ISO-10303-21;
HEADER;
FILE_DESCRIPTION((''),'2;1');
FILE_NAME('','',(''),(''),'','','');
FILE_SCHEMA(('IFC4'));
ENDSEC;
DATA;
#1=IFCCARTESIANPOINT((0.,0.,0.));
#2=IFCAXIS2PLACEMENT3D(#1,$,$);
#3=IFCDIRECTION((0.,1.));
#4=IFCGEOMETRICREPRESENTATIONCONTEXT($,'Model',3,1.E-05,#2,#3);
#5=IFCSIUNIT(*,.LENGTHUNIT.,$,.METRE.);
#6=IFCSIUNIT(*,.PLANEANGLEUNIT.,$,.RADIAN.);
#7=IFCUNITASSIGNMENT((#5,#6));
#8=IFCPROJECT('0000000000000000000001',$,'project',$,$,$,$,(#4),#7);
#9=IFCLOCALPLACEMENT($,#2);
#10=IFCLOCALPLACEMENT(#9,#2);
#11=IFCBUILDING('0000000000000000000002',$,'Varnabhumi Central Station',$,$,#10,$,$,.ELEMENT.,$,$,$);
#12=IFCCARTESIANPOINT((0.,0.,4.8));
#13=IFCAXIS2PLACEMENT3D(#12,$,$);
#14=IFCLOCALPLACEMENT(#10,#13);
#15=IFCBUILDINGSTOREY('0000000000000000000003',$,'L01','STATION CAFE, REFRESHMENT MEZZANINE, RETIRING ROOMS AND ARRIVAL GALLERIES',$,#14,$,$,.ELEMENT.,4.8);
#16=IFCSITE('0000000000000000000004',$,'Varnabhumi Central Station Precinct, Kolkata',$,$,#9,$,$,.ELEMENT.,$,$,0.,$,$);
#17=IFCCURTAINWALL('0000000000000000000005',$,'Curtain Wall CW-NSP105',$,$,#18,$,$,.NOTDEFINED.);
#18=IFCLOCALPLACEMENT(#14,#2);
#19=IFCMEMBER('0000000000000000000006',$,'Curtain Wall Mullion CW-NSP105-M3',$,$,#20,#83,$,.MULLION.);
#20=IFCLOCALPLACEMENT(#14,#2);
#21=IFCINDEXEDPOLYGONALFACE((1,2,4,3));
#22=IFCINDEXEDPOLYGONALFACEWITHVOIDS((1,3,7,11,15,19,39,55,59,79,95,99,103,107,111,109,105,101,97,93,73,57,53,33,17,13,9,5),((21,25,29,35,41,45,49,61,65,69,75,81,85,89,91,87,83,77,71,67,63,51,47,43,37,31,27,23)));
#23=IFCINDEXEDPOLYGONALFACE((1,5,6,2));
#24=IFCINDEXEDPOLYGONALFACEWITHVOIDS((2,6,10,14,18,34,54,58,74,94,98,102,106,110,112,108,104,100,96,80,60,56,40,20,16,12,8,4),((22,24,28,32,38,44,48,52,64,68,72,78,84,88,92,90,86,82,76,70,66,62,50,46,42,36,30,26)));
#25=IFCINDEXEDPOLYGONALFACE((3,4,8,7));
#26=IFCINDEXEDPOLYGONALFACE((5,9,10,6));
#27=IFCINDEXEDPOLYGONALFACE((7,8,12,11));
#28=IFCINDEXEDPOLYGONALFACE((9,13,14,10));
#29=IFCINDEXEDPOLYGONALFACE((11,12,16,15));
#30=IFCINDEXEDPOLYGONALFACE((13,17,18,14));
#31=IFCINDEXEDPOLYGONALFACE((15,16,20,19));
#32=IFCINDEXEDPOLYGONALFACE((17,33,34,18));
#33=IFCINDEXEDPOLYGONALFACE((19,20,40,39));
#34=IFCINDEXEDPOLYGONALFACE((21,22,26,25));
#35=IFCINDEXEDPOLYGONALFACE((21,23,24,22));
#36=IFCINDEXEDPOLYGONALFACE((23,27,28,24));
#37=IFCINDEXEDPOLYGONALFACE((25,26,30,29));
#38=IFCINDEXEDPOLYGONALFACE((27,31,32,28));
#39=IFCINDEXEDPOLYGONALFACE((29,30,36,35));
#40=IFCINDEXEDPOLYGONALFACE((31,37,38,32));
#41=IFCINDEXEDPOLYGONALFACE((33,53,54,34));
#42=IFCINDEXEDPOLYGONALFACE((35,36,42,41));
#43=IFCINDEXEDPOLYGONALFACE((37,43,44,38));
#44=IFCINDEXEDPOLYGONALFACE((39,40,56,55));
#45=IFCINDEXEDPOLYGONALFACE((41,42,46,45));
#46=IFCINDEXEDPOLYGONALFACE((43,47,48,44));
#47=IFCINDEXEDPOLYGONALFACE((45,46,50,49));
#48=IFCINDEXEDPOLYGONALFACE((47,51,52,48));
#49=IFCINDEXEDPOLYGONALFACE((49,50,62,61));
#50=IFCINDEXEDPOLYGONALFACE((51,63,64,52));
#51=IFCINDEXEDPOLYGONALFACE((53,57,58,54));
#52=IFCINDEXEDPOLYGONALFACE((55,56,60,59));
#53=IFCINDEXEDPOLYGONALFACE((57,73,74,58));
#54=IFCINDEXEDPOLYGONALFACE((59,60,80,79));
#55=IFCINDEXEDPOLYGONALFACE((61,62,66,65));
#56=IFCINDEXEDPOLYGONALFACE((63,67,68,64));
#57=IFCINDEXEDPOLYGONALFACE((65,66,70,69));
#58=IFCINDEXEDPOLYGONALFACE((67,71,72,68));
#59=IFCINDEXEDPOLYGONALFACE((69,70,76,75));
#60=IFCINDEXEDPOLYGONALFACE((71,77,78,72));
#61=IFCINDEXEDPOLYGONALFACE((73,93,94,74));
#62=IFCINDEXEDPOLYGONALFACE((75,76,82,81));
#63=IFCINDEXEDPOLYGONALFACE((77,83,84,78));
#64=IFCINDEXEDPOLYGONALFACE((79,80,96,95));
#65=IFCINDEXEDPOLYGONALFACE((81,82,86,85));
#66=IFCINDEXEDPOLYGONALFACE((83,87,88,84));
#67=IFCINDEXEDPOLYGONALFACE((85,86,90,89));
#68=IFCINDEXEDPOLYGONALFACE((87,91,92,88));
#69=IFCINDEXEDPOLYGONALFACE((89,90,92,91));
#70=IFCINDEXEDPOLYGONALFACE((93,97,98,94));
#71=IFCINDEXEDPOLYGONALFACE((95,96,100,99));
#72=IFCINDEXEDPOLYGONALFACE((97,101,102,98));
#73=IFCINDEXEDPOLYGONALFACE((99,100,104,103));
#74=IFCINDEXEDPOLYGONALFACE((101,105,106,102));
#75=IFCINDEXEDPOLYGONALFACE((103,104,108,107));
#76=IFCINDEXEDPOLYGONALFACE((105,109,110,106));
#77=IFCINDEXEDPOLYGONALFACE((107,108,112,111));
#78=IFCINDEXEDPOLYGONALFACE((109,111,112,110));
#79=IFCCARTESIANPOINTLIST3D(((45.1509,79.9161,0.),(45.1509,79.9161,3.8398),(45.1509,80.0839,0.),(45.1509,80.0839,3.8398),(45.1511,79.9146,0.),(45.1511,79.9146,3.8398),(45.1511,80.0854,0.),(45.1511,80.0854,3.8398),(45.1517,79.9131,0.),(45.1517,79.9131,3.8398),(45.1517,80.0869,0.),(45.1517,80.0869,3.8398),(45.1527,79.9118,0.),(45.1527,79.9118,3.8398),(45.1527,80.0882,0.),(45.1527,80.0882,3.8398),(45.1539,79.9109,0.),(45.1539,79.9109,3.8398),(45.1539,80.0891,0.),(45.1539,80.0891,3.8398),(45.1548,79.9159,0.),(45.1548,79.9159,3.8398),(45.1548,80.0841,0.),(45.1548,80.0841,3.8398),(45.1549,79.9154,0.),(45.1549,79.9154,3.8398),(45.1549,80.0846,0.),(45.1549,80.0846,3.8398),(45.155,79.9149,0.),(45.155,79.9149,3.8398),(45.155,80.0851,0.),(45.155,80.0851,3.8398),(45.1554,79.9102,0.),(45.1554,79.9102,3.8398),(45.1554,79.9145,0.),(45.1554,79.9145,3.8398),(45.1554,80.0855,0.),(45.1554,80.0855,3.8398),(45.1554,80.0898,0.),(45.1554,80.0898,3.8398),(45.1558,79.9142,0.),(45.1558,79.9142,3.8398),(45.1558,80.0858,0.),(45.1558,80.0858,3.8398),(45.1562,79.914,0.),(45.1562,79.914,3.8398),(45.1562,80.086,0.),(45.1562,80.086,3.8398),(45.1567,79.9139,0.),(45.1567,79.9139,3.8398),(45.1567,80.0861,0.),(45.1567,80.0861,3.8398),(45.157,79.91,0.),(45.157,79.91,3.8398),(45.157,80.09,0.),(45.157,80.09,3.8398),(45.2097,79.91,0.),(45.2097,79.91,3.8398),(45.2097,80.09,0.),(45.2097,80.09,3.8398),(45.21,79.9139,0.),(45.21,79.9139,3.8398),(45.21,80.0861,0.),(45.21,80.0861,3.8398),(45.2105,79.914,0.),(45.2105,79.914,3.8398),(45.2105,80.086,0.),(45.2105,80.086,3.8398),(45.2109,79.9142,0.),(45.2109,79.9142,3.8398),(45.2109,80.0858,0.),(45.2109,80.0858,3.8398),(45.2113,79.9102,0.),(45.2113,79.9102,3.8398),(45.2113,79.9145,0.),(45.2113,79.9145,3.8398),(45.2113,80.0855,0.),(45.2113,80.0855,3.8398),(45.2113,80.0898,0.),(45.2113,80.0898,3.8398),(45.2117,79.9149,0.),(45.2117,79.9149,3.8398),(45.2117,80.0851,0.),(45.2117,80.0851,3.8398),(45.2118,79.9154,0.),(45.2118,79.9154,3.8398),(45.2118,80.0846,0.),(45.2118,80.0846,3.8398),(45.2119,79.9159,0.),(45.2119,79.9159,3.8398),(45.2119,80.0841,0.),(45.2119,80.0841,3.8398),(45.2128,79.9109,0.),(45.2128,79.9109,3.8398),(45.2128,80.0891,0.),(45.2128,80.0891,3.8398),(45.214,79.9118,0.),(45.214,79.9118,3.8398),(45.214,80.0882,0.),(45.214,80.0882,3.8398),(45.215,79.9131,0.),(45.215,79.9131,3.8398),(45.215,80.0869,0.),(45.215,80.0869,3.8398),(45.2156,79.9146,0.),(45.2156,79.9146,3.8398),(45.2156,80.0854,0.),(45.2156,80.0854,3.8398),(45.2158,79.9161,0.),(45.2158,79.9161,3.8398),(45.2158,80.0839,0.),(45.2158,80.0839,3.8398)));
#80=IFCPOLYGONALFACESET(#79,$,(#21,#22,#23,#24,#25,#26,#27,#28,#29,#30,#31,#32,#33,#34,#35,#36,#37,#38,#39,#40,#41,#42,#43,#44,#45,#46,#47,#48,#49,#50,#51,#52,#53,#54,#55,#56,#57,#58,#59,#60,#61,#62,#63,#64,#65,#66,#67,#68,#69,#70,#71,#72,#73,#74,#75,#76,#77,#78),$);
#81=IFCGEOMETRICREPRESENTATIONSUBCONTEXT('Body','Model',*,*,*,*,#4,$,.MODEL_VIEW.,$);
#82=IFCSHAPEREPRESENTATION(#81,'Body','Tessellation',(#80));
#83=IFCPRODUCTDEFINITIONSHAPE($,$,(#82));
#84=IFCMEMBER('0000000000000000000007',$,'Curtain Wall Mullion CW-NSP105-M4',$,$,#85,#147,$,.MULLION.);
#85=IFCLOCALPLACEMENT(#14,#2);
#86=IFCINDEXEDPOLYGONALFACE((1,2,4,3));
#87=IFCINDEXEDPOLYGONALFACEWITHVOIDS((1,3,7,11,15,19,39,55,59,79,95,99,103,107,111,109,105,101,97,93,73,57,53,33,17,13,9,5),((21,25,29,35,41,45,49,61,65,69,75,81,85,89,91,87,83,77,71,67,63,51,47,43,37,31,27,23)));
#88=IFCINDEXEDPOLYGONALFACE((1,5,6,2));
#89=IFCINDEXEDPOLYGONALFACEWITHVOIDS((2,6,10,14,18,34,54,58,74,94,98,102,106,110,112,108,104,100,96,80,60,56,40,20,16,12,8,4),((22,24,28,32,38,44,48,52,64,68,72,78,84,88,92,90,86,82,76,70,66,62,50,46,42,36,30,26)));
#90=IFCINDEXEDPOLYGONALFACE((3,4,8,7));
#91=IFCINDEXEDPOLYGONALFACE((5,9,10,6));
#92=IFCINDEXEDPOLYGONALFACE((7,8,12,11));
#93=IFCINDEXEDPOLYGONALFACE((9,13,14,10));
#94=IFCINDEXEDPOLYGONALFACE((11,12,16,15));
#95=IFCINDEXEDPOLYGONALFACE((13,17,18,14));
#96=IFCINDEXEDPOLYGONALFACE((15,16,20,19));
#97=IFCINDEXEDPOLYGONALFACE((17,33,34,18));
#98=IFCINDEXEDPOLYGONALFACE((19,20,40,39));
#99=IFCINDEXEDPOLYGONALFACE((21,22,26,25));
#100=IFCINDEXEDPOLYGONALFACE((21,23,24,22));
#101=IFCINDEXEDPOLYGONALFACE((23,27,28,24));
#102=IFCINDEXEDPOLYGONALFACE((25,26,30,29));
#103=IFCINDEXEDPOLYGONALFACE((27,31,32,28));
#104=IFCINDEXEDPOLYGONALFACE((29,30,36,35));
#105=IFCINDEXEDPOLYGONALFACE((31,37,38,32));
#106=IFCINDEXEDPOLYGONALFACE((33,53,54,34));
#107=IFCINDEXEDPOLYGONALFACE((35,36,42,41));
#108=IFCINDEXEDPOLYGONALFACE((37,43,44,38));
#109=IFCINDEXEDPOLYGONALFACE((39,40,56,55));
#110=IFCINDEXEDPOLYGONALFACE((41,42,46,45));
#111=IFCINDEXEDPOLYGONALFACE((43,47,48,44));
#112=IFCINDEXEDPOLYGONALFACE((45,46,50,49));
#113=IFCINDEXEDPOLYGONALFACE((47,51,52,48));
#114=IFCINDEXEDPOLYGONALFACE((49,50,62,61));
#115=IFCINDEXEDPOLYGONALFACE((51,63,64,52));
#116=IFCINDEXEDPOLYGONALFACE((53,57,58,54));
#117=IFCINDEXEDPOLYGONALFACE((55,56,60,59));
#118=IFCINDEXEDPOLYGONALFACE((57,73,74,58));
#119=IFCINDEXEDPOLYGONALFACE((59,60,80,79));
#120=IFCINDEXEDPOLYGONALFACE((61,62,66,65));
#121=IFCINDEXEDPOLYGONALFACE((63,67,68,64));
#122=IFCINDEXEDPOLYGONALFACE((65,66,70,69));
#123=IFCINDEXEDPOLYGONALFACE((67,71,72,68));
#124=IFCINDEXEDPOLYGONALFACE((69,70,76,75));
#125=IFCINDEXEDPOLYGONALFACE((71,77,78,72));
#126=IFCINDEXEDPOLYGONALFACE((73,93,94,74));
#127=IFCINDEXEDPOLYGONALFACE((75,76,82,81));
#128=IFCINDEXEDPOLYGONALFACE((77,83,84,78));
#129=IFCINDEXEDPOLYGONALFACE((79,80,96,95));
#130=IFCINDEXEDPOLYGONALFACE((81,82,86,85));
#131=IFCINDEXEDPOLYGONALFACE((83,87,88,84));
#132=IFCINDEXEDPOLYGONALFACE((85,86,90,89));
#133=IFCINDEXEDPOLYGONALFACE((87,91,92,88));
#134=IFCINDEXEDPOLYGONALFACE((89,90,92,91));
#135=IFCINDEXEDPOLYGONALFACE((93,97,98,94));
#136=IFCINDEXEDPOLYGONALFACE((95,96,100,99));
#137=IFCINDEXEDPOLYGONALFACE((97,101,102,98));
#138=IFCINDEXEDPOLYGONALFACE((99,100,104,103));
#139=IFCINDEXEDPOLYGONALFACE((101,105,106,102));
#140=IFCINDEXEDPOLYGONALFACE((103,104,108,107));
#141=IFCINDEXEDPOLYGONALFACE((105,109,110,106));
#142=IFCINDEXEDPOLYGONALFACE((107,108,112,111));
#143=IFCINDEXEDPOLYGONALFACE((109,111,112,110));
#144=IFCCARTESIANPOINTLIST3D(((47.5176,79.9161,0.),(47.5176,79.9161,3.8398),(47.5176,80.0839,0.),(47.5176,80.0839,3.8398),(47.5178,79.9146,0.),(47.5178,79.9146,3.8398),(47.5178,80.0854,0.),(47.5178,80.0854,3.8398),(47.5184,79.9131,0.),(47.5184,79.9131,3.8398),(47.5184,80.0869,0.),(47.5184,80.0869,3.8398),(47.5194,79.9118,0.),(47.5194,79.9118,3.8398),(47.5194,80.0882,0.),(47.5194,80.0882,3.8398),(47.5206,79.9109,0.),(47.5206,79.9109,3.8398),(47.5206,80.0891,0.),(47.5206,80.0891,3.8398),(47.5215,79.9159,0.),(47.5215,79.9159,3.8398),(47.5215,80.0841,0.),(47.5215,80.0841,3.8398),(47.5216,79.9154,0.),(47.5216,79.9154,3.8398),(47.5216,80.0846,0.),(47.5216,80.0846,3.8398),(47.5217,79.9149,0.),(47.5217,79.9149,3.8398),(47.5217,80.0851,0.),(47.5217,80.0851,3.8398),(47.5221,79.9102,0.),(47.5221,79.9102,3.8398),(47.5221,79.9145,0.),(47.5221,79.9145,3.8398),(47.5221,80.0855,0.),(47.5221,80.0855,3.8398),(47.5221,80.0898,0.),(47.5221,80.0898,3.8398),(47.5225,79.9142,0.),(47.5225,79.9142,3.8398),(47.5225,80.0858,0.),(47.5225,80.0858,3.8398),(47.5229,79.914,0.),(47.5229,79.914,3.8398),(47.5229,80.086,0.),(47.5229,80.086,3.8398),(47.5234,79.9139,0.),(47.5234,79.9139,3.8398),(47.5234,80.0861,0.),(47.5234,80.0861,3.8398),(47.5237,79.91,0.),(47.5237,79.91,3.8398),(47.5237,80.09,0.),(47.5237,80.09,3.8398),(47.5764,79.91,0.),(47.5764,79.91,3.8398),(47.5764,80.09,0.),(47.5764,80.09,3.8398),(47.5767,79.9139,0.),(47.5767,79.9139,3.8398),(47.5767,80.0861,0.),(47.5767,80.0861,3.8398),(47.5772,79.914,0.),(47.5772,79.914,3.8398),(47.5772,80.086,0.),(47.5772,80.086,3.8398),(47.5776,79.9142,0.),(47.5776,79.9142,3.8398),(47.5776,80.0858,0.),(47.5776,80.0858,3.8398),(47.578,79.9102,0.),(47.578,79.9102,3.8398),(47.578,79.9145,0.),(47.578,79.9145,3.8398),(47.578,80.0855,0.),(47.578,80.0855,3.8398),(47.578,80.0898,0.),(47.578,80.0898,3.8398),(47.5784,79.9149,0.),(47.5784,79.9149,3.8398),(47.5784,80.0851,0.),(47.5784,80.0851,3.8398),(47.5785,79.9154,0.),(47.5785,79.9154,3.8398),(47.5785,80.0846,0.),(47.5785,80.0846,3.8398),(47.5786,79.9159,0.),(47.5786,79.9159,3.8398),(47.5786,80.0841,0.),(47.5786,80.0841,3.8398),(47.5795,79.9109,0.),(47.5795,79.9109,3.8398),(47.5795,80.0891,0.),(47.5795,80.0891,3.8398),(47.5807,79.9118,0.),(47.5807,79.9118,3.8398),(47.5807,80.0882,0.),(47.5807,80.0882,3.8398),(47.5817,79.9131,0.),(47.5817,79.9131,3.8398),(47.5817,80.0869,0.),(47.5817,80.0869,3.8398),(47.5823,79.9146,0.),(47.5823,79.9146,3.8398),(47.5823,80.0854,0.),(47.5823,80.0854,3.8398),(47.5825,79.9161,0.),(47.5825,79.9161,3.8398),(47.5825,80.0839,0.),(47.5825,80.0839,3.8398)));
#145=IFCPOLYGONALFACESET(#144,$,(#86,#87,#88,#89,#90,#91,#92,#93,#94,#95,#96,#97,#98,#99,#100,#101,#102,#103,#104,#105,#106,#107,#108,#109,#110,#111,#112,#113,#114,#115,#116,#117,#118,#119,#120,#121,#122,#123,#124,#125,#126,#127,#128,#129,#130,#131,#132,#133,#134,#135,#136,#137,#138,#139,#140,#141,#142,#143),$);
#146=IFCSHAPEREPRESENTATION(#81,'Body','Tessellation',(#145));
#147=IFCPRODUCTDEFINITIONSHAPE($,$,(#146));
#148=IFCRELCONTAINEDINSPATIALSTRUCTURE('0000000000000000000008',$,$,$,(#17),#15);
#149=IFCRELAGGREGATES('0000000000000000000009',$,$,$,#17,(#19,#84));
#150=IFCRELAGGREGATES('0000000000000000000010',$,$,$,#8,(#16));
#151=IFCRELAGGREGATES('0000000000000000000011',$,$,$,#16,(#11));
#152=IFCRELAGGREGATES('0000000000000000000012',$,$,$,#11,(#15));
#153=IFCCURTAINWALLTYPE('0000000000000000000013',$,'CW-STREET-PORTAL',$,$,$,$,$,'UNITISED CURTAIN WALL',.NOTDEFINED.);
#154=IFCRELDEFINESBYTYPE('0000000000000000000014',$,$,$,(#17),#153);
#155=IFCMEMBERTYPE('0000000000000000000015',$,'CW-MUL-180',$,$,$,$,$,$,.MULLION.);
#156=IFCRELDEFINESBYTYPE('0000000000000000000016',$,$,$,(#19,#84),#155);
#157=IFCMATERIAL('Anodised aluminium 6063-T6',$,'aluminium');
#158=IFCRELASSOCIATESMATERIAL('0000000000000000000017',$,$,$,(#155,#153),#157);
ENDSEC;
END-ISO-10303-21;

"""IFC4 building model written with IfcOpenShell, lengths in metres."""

from ifc_helpers import new_model, si_unit, direction, frame, origin, origin_2d, place, context, subcontext, project, spatial, hollow_rectangle, extrude, material, material_profile, profile_set, type_object, element, aggregate, save


model = new_model("IFC4")

# Units and contexts
model_context = context("Model", 3, precision=1e-05, world=origin(), true_north=direction((0.0, 1.0)))
body_context = subcontext(model_context, "Body", "Model", "MODEL_VIEW")
ifc_project = project(units=[si_unit("LENGTHUNIT", "METRE"), si_unit("PLANEANGLEUNIT", "RADIAN")], contexts=[model_context])

# Site, building, storey
site_placement = place(None, origin())
site = spatial("IfcSite", under=ifc_project, at=site_placement, Name="Varnabhumi Central Station Precinct, Kolkata", CompositionType="ELEMENT", RefElevation=0.0)
building_placement = place(site_placement, origin())
building = spatial("IfcBuilding", under=site, at=building_placement, Name="Varnabhumi Central Station", CompositionType="ELEMENT")
storey_placement = place(building_placement, frame((0.0, 0.0, 4.8)))
storey = spatial("IfcBuildingStorey", under=building, at=storey_placement, Name="L01", Description="STATION CAFE, REFRESHMENT MEZZANINE, RETIRING ROOMS AND ARRIVAL GALLERIES", CompositionType="ELEMENT", Elevation=4.8)

# Curtain wall, members
ifc_material_1 = material(Name="Anodised aluminium 6063-T6", Category="aluminium")
ifc_material_profile_1 = material_profile(ifc_material_1, hollow_rectangle(XDim=0.0649, YDim=0.1799, WallThickness=0.0039, InnerFilletRadius=0.002, OuterFilletRadius=0.0061, at=origin_2d()), Name="Anodised aluminium 6063-T6", Category="aluminium")
ifc_profile_set_1 = profile_set([ifc_material_profile_1], Name="Anodised aluminium 6063-T6")
member_type_1 = type_object("IfcMemberType", Name="CW-MUL-180", PredefinedType="MULLION", material=ifc_profile_set_1)
curtain_wall_type_1 = type_object("IfcCurtainWallType", Name="CW-STREET-PORTAL", ElementType="UNITISED CURTAIN WALL", PredefinedType="NOTDEFINED", material=ifc_material_1)
curtain_wall_1_placement = place(storey_placement, origin())
curtain_wall_1 = element("IfcCurtainWall", 1, at=curtain_wall_1_placement, inside=storey, type_object=curtain_wall_type_1, Name="Curtain Wall CW-NSP105", PredefinedType="NOTDEFINED")
member_1_placement = place(storey_placement, frame((45.1833, 80.0, 0.0), z_axis=(0.0, 0.0, 1.0), x_axis=(1.0, 0.0, 0.0)))
member_1 = element("IfcMember", 2, at=member_1_placement, type_object=member_type_1, Name="Curtain Wall Mullion CW-NSP105-M3", PredefinedType="MULLION", context=body_context, shape_type="SweptSolid", body=[
    extrude(hollow_rectangle(XDim=0.0649, YDim=0.1799, WallThickness=0.0039, InnerFilletRadius=0.002, OuterFilletRadius=0.0061, at=origin_2d()), origin(), (0.0, 0.0, 1.0), 3.8398),
])
member_2_placement = place(storey_placement, frame((47.55, 80.0, 0.0), z_axis=(0.0, 0.0, 1.0), x_axis=(1.0, 0.0, 0.0)))
member_2 = element("IfcMember", 3, at=member_2_placement, type_object=member_type_1, Name="Curtain Wall Mullion CW-NSP105-M4", PredefinedType="MULLION", context=body_context, shape_type="SweptSolid", body=[
    extrude(hollow_rectangle(XDim=0.0649, YDim=0.1799, WallThickness=0.0039, InnerFilletRadius=0.002, OuterFilletRadius=0.0061, at=origin_2d()), origin(), (0.0, 0.0, 1.0), 3.8398),
])

aggregate(curtain_wall_1, [member_1, member_2])

save(model, "model.ifc")
